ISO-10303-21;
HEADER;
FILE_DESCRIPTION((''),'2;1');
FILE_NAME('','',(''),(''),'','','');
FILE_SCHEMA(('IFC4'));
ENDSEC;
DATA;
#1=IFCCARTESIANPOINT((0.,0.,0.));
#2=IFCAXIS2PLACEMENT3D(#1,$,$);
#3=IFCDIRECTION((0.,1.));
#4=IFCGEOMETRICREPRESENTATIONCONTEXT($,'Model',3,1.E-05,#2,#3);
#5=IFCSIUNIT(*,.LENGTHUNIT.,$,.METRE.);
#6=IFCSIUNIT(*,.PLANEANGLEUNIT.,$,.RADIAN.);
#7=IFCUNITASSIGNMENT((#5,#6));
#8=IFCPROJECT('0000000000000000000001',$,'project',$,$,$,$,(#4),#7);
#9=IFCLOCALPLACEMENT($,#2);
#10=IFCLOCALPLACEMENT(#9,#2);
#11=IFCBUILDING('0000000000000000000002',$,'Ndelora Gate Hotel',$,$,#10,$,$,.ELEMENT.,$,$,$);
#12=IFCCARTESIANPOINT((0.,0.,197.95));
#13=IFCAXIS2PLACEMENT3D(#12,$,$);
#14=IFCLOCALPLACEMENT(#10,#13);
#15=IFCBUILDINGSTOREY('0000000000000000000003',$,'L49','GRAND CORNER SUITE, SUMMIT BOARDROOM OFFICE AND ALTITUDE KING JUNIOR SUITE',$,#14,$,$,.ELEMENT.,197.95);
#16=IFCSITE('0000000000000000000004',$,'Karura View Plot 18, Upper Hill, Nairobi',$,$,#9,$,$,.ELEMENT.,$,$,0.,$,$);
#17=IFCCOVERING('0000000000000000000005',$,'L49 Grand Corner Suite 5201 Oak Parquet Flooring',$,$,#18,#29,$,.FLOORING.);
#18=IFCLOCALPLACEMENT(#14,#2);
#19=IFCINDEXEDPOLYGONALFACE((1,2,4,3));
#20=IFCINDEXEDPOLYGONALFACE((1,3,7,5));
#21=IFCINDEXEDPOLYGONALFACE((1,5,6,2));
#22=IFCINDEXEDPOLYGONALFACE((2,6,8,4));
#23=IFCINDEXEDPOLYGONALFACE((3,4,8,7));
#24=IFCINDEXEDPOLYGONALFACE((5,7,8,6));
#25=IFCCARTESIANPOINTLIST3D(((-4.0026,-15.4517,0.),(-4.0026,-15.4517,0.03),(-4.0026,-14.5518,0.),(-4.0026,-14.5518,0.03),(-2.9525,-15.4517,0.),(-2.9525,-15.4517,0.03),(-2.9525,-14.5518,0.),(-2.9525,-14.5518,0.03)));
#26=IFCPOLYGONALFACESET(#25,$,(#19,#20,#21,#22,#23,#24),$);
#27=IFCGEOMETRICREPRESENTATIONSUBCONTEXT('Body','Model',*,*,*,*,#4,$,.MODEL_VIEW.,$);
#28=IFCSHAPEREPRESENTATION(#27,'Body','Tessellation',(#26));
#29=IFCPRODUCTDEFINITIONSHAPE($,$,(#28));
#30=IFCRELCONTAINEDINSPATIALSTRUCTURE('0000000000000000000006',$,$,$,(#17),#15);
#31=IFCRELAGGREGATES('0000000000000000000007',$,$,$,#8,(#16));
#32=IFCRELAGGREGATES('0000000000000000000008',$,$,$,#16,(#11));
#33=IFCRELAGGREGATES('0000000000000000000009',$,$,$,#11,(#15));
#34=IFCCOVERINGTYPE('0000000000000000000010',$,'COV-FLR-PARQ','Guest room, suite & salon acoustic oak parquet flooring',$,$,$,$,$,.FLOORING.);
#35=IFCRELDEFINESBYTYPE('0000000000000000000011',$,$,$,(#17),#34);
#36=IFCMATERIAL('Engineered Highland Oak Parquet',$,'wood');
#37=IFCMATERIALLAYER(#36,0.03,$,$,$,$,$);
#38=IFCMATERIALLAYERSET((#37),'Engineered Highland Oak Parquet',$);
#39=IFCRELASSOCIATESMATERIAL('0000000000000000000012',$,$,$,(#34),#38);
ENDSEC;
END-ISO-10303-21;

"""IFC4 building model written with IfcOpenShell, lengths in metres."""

from ifc_helpers import new_model, si_unit, direction, frame, origin, origin_2d, place, context, subcontext, project, spatial, rectangle, extrude, material, layer, layer_set, type_object, element, save


model = new_model("IFC4")

# Units and contexts
model_context = context("Model", 3, precision=1e-05, world=origin(), true_north=direction((0.0, 1.0)))
body_context = subcontext(model_context, "Body", "Model", "MODEL_VIEW")
ifc_project = project(units=[si_unit("LENGTHUNIT", "METRE"), si_unit("PLANEANGLEUNIT", "RADIAN")], contexts=[model_context])

# Site, building, storey
site_placement = place(None, origin())
site = spatial("IfcSite", under=ifc_project, at=site_placement, Name="Karura View Plot 18, Upper Hill, Nairobi", CompositionType="ELEMENT", RefElevation=0.0)
building_placement = place(site_placement, origin())
building = spatial("IfcBuilding", under=site, at=building_placement, Name="Ndelora Gate Hotel", CompositionType="ELEMENT")
storey_placement = place(building_placement, frame((0.0, 0.0, 197.95)))
storey = spatial("IfcBuildingStorey", under=building, at=storey_placement, Name="L49", Description="GRAND CORNER SUITE, SUMMIT BOARDROOM OFFICE AND ALTITUDE KING JUNIOR SUITE", CompositionType="ELEMENT", Elevation=197.95)

# Covering
ifc_material_1 = material(Name="Engineered Highland Oak Parquet", Category="wood")
ifc_layer_1 = layer(ifc_material_1, 0.03)
ifc_layer_set_1 = layer_set([ifc_layer_1], Name="Engineered Highland Oak Parquet")
covering_type_1 = type_object("IfcCoveringType", Name="COV-FLR-PARQ", Description="Guest room, suite & salon acoustic oak parquet flooring", PredefinedType="FLOORING", material=ifc_layer_set_1)
covering_1_placement = place(storey_placement, frame((-3.4775, -15.0017, 0.0), z_axis=(0.0, 0.0, 1.0), x_axis=(1.0, 0.0, 0.0)))
element("IfcCovering", 1, at=covering_1_placement, inside=storey, type_object=covering_type_1, Name="L49 Grand Corner Suite 5201 Oak Parquet Flooring", PredefinedType="FLOORING", context=body_context, shape_type="SweptSolid", body=[
    extrude(rectangle(XDim=1.05, YDim=0.8999, at=origin_2d()), origin(), (0.0, 0.0, 1.0), 0.03),
])

save(model, "model.ifc")
